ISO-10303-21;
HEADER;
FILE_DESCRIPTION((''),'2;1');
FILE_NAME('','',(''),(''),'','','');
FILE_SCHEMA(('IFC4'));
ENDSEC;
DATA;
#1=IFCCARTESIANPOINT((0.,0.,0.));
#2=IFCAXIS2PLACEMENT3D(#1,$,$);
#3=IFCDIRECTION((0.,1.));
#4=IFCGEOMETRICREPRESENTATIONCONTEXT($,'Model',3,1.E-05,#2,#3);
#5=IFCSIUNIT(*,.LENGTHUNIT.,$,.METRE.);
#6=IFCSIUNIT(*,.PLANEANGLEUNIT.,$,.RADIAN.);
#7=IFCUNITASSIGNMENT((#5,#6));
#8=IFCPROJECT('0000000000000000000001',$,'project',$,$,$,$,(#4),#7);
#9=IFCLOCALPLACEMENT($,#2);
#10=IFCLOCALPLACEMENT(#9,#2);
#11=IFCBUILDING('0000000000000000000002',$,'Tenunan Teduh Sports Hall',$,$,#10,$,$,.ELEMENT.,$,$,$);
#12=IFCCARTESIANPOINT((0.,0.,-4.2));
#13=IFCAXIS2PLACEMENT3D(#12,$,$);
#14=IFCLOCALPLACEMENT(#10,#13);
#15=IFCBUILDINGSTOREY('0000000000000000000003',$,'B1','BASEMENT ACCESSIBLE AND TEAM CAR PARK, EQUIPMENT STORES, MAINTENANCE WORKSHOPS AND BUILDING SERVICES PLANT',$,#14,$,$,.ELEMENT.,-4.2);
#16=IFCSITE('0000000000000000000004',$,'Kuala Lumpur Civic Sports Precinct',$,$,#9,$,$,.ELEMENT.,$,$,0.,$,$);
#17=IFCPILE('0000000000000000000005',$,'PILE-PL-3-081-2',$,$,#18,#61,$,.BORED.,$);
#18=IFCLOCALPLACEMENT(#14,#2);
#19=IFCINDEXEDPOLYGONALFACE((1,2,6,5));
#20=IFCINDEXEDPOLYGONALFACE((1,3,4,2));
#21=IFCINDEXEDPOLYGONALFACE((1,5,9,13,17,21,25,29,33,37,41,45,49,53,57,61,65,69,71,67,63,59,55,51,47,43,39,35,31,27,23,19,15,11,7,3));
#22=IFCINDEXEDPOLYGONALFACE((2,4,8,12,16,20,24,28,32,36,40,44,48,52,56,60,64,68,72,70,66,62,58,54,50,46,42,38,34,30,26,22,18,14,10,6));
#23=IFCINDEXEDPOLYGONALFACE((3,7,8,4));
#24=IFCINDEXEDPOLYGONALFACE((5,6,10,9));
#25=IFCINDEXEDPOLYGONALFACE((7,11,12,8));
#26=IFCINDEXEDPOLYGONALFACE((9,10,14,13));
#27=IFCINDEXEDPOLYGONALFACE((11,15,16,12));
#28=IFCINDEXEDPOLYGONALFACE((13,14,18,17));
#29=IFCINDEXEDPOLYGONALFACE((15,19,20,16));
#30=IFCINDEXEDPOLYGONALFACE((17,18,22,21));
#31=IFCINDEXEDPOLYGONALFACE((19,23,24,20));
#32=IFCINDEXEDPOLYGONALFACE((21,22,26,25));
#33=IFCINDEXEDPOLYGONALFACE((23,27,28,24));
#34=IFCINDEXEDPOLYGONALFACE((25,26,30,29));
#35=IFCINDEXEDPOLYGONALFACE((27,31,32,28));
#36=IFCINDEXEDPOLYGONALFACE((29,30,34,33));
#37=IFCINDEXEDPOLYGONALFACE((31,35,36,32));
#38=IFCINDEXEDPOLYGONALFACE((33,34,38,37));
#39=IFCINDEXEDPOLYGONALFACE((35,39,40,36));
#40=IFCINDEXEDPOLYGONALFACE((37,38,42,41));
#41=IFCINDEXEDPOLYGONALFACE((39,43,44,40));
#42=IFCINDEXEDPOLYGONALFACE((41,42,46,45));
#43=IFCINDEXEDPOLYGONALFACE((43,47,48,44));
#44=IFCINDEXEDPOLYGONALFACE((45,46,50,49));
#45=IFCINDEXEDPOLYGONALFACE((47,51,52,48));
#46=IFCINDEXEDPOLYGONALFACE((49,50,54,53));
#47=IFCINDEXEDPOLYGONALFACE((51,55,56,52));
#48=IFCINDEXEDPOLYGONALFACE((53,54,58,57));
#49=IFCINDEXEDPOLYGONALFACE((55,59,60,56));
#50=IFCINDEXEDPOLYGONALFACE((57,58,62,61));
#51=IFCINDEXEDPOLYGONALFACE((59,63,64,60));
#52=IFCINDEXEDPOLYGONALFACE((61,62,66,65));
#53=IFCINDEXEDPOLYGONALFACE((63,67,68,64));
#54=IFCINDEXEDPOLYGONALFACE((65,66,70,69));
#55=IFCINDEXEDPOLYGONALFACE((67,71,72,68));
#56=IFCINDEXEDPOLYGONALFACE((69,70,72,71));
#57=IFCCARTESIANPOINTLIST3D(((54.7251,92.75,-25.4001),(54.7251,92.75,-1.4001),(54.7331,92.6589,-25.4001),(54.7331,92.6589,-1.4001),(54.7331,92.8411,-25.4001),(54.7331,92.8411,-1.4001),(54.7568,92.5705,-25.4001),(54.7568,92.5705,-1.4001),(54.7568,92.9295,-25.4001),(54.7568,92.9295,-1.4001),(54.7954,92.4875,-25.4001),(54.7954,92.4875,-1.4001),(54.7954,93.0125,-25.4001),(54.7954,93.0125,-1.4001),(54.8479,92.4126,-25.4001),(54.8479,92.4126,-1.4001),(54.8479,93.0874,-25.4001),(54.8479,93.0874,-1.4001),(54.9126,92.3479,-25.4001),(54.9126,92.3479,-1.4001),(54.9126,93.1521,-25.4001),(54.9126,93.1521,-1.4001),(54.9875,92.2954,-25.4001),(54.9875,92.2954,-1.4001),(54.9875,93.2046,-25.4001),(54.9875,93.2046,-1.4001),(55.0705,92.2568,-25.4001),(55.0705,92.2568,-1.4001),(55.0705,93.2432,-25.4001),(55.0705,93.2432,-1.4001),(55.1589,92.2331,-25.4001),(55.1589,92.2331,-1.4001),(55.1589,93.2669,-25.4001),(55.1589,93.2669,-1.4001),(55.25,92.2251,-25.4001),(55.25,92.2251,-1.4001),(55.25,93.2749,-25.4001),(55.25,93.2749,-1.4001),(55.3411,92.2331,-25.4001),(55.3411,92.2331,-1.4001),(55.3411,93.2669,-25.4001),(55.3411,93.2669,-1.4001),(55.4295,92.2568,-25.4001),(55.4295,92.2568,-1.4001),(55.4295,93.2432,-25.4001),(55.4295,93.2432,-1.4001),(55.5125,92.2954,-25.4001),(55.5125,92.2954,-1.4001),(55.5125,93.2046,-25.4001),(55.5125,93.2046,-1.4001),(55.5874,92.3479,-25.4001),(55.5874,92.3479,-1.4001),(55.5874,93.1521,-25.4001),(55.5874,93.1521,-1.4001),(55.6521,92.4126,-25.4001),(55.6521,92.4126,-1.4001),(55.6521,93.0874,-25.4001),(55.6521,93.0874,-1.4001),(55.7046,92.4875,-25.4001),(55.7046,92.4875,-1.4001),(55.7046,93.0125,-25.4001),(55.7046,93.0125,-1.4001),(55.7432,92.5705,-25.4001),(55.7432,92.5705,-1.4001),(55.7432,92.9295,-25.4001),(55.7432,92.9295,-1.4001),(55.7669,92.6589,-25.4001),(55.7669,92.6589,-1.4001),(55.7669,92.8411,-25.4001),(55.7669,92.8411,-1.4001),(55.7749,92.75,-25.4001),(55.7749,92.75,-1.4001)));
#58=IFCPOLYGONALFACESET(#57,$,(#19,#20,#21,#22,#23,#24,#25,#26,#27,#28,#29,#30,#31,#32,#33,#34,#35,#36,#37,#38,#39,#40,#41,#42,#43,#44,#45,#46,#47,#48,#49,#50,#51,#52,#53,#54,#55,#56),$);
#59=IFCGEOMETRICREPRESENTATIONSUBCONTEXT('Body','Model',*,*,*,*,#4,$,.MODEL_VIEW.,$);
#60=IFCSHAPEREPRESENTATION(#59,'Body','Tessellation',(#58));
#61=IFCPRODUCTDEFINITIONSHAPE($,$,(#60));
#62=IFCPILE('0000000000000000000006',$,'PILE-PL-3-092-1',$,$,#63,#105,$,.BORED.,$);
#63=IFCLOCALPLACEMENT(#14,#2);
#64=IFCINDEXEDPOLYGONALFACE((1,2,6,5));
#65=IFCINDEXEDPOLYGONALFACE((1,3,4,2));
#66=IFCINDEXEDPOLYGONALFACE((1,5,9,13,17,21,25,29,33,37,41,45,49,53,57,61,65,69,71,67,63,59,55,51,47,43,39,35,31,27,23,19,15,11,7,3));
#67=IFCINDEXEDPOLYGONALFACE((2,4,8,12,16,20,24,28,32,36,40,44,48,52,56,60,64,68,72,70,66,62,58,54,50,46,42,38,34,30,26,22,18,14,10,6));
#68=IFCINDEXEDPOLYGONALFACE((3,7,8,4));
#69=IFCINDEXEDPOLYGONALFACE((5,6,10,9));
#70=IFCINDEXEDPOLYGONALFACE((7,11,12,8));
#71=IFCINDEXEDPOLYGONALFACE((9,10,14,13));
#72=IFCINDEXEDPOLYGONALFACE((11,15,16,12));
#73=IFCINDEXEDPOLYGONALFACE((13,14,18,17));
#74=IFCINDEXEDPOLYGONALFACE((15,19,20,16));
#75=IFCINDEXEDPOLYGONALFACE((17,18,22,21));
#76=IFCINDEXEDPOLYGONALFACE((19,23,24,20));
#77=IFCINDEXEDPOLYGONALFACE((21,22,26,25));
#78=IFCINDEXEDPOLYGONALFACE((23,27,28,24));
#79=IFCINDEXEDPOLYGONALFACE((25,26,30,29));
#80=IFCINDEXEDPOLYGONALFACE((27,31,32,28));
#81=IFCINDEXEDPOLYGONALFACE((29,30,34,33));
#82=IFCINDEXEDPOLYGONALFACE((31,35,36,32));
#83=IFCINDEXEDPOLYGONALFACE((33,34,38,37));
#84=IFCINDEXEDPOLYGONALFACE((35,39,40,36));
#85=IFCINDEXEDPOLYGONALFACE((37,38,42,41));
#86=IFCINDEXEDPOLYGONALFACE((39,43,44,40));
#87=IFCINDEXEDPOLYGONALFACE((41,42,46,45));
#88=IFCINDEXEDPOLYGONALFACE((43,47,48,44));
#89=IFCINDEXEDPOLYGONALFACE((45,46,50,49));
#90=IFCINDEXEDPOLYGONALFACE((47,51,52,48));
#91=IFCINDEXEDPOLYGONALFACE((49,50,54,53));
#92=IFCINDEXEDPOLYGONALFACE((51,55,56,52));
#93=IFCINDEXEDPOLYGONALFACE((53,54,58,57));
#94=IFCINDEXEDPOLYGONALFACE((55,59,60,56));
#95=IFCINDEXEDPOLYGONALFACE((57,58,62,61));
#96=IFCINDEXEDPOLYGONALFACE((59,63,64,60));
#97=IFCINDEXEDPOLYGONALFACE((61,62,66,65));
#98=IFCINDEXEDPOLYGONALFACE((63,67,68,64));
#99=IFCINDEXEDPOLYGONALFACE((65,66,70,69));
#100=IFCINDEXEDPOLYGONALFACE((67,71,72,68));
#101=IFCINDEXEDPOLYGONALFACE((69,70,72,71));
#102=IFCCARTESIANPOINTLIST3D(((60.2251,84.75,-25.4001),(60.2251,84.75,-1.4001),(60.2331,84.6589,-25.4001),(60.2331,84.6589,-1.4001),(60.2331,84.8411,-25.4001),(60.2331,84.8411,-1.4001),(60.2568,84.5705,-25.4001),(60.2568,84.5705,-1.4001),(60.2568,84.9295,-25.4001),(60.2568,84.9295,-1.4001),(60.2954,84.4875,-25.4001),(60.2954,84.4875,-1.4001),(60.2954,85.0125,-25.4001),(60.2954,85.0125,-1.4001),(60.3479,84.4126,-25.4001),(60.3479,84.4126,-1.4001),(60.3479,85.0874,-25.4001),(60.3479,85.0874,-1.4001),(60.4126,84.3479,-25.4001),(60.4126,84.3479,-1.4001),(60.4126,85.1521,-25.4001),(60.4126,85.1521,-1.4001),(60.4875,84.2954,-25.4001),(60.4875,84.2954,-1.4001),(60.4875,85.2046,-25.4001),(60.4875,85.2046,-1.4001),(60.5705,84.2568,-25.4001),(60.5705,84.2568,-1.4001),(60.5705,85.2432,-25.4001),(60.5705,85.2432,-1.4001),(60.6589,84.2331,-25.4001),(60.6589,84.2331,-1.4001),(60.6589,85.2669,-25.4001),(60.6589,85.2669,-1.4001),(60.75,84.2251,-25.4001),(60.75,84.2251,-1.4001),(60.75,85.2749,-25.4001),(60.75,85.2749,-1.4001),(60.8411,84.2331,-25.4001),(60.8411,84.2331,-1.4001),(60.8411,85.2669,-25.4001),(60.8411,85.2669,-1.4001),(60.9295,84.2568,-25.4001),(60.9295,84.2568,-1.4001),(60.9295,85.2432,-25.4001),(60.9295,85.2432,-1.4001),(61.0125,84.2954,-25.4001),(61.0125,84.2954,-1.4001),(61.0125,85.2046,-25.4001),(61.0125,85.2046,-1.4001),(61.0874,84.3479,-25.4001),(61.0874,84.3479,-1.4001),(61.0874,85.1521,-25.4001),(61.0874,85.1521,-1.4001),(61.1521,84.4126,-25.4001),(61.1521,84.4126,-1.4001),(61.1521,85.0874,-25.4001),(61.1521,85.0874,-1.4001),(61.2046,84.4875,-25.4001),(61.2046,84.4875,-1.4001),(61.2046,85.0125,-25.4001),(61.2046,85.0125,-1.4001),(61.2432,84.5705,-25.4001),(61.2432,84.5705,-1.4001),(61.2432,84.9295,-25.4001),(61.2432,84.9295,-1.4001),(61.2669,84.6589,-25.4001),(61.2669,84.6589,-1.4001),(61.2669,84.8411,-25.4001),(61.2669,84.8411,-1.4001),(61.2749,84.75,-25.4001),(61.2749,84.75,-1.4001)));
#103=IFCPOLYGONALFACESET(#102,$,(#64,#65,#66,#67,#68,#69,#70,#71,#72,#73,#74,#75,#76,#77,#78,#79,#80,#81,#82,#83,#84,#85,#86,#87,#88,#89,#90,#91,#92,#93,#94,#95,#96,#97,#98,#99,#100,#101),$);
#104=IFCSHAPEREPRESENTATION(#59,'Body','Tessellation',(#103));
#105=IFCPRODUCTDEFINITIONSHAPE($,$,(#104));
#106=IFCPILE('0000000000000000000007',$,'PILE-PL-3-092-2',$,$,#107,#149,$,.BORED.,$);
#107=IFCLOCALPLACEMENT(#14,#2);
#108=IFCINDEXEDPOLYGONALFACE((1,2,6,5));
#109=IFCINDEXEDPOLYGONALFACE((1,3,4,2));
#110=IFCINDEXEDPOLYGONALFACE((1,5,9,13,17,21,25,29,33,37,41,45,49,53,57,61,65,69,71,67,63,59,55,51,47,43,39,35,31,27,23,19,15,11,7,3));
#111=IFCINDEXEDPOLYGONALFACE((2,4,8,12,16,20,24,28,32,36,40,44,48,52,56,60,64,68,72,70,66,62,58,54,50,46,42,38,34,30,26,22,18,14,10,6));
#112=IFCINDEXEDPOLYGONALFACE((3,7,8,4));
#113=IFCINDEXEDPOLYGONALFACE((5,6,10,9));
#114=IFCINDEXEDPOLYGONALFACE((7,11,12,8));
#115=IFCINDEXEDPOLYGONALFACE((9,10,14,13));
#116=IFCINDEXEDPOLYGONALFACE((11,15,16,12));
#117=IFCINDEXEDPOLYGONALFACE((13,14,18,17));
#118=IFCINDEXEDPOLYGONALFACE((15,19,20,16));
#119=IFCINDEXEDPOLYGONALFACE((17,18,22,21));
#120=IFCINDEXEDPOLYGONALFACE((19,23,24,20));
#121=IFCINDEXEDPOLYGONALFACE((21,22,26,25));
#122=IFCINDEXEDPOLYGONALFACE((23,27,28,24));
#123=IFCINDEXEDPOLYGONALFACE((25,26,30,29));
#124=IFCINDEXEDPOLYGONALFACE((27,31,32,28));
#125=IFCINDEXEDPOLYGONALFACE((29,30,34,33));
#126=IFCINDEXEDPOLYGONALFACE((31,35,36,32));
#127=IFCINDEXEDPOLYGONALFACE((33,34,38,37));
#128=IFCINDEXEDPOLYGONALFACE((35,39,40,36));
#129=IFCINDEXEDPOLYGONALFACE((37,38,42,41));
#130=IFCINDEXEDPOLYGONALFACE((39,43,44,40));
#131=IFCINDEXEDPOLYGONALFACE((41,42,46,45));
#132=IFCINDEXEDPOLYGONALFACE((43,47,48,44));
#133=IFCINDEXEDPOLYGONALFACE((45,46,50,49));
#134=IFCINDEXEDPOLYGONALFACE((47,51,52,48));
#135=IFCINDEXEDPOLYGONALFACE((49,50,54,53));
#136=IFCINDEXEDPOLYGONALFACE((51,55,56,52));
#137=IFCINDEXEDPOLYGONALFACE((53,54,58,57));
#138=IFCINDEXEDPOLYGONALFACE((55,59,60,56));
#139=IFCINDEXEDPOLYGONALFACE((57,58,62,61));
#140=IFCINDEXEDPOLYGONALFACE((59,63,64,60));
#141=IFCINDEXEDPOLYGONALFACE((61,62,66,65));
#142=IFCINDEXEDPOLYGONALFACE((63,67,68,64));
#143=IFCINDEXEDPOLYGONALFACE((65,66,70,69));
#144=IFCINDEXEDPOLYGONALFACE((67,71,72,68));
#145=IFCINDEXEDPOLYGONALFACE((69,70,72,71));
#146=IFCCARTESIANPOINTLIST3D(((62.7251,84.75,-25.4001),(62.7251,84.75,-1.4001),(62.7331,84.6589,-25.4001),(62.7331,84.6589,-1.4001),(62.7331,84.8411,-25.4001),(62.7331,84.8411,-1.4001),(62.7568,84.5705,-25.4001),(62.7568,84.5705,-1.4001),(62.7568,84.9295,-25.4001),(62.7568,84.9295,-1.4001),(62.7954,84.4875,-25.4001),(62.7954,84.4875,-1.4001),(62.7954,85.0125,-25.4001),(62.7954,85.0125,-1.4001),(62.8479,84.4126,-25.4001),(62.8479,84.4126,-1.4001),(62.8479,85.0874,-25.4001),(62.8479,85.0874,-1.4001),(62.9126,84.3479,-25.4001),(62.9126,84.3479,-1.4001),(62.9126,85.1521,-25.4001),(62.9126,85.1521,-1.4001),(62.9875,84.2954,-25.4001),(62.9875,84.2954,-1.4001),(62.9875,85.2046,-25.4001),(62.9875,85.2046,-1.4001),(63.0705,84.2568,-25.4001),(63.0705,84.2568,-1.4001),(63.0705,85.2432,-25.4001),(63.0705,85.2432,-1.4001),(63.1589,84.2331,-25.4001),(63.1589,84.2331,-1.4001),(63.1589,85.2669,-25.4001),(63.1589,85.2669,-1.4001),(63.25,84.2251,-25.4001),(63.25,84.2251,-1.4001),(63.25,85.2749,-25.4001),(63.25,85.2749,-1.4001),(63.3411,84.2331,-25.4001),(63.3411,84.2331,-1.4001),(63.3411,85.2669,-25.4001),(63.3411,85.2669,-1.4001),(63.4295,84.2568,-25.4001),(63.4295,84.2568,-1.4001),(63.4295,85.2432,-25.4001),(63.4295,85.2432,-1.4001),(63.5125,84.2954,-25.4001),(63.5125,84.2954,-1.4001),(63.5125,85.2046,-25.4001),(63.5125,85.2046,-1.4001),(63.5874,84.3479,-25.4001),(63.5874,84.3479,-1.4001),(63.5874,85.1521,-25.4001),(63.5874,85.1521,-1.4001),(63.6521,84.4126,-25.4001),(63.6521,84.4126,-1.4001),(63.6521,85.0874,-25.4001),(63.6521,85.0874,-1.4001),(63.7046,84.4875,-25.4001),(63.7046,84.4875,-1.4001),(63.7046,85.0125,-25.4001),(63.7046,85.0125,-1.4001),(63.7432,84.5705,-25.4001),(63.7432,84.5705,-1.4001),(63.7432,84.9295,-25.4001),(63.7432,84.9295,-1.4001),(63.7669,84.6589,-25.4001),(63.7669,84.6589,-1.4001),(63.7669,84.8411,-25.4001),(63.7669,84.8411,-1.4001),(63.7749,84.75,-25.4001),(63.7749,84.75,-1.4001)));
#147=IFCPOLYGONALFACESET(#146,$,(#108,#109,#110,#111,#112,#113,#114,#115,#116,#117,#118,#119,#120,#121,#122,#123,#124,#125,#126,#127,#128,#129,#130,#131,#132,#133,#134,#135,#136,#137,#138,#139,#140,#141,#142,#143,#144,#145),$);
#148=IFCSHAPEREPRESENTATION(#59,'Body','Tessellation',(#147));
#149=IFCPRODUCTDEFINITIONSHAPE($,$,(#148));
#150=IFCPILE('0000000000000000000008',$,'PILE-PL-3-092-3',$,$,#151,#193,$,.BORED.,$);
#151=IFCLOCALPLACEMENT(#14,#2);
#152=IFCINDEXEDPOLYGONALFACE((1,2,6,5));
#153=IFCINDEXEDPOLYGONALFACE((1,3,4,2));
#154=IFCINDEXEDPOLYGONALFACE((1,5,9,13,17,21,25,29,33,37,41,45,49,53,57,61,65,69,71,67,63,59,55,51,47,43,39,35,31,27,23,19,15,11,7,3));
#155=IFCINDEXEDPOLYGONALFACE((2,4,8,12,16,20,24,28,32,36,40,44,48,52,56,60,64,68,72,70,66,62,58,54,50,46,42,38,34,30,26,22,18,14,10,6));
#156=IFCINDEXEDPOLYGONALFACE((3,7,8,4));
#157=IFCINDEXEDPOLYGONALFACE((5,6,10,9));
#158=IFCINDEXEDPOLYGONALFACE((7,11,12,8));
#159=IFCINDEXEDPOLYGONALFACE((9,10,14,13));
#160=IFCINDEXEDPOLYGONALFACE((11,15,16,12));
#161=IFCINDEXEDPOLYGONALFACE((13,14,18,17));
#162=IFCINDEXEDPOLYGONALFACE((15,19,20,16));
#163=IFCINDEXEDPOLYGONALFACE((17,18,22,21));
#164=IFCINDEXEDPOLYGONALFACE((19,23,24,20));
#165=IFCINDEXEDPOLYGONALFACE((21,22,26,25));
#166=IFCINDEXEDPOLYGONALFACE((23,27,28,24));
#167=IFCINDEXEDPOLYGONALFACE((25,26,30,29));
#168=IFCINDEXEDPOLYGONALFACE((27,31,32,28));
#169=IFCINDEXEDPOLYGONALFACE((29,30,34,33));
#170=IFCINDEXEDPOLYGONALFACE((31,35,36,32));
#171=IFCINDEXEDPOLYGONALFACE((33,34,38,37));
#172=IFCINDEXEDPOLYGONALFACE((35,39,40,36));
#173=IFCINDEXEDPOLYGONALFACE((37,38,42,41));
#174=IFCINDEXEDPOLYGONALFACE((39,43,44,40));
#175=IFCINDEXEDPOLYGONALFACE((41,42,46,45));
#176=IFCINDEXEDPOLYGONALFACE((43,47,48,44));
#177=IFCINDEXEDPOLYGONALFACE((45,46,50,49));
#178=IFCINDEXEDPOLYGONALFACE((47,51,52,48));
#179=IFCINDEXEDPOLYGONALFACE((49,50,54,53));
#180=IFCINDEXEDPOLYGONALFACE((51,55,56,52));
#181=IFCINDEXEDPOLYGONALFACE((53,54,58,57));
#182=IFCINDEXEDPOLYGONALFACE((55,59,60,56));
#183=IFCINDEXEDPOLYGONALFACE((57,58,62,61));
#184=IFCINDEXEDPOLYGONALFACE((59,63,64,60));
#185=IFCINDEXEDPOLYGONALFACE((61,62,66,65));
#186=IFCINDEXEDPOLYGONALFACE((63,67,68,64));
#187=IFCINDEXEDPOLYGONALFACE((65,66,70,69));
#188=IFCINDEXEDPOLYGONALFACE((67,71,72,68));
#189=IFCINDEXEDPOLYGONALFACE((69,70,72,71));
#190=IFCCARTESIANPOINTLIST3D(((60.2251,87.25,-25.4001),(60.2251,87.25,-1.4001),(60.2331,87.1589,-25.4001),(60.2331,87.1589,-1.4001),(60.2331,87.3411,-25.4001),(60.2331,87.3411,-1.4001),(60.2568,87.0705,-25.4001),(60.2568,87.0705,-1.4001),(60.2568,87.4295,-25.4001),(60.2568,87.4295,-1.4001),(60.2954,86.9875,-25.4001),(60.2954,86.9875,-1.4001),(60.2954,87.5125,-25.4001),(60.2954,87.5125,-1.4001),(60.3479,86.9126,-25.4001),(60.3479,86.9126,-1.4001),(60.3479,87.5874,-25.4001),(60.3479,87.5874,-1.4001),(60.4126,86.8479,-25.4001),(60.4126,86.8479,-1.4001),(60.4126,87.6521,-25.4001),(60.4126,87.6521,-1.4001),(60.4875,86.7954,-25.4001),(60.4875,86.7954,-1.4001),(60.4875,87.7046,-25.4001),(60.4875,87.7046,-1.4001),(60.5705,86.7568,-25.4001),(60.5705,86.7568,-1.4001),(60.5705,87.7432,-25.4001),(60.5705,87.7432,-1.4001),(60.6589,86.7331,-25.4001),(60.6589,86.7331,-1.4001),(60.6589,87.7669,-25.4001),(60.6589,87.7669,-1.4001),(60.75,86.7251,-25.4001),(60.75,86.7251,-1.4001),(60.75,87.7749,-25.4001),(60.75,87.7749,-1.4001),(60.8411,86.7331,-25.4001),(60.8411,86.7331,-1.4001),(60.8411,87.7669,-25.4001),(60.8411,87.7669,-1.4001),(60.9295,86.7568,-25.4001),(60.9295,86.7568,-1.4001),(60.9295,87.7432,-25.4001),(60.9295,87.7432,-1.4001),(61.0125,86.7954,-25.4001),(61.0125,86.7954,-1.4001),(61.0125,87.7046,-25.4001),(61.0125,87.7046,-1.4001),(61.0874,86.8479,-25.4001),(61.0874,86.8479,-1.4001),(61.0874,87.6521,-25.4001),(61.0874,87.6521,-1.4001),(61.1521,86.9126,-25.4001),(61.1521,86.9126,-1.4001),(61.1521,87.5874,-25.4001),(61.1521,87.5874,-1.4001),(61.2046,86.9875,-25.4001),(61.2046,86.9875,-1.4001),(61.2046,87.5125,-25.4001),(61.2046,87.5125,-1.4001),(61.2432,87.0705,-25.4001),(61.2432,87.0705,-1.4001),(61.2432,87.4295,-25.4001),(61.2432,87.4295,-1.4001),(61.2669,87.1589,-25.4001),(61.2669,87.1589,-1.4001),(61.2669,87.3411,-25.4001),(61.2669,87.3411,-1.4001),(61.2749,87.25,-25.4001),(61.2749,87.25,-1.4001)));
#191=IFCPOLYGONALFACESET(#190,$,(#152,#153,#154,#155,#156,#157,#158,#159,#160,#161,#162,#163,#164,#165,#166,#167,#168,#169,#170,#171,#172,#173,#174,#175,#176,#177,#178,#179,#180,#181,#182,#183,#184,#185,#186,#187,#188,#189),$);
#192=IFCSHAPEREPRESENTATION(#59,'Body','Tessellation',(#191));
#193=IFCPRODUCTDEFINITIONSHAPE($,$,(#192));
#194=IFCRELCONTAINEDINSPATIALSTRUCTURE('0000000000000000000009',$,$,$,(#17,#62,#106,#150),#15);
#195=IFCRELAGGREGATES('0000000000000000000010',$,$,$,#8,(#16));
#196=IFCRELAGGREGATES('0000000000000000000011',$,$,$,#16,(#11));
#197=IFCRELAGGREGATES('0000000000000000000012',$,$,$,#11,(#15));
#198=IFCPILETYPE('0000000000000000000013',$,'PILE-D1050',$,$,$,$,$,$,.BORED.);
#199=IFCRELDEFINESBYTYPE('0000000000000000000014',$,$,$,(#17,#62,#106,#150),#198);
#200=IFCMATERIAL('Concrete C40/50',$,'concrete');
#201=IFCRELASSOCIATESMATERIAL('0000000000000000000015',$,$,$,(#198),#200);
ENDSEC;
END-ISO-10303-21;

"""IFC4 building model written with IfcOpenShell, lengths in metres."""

from ifc_helpers import new_model, si_unit, direction, frame, origin, origin_2d, place, context, subcontext, project, spatial, circle, extrude, material, material_profile, profile_set, type_object, element, save


model = new_model("IFC4")

# Units and contexts
model_context = context("Model", 3, precision=1e-05, world=origin(), true_north=direction((0.0, 1.0)))
body_context = subcontext(model_context, "Body", "Model", "MODEL_VIEW")
ifc_project = project(units=[si_unit("LENGTHUNIT", "METRE"), si_unit("PLANEANGLEUNIT", "RADIAN")], contexts=[model_context])

# Site, building, storey
site_placement = place(None, origin())
site = spatial("IfcSite", under=ifc_project, at=site_placement, Name="Kuala Lumpur Civic Sports Precinct", CompositionType="ELEMENT", RefElevation=0.0)
building_placement = place(site_placement, origin())
building = spatial("IfcBuilding", under=site, at=building_placement, Name="Tenunan Teduh Sports Hall", CompositionType="ELEMENT")
storey_placement = place(building_placement, frame((0.0, 0.0, -4.2)))
storey = spatial("IfcBuildingStorey", under=building, at=storey_placement, Name="B1", Description="BASEMENT ACCESSIBLE AND TEAM CAR PARK, EQUIPMENT STORES, MAINTENANCE WORKSHOPS AND BUILDING SERVICES PLANT", CompositionType="ELEMENT", Elevation=-4.2)

# Piles
ifc_material_1 = material(Name="Concrete C40/50", Category="concrete")
ifc_material_profile_1 = material_profile(ifc_material_1, circle(Radius=0.5249, at=origin_2d()), Name="PILE D1050")
ifc_profile_set_1 = profile_set([ifc_material_profile_1], Name="Concrete C40/50")
pile_type_1 = type_object("IfcPileType", Name="PILE-D1050", PredefinedType="BORED", material=ifc_profile_set_1)
for number, where, z_axis, x_axis, name in (
    (1, (55.25, 92.75, -1.4001), (0.0, 0.0, -1.0), (1.0, 0.0, 0.0), "PILE-PL-3-081-2"),
    (2, (60.75, 84.75, -1.4001), (0.0, 0.0, -1.0), (1.0, 0.0, 0.0), "PILE-PL-3-092-1"),
    (3, (63.25, 84.75, -1.4001), (0.0, 0.0, -1.0), (1.0, 0.0, 0.0), "PILE-PL-3-092-2"),
    (4, (60.75, 87.25, -1.4001), (0.0, 0.0, -1.0), (1.0, 0.0, 0.0), "PILE-PL-3-092-3"),
):
    element("IfcPile", number, at=place(storey_placement, frame(where, z_axis=z_axis, x_axis=x_axis)), inside=storey, type_object=pile_type_1, Name=name, PredefinedType="BORED", context=body_context, shape_type="SweptSolid", body=[
        extrude(circle(Radius=0.5249, at=origin_2d()), origin(), (0.0, 0.0, 1.0), 24.0),
    ])

save(model, "model.ifc")
